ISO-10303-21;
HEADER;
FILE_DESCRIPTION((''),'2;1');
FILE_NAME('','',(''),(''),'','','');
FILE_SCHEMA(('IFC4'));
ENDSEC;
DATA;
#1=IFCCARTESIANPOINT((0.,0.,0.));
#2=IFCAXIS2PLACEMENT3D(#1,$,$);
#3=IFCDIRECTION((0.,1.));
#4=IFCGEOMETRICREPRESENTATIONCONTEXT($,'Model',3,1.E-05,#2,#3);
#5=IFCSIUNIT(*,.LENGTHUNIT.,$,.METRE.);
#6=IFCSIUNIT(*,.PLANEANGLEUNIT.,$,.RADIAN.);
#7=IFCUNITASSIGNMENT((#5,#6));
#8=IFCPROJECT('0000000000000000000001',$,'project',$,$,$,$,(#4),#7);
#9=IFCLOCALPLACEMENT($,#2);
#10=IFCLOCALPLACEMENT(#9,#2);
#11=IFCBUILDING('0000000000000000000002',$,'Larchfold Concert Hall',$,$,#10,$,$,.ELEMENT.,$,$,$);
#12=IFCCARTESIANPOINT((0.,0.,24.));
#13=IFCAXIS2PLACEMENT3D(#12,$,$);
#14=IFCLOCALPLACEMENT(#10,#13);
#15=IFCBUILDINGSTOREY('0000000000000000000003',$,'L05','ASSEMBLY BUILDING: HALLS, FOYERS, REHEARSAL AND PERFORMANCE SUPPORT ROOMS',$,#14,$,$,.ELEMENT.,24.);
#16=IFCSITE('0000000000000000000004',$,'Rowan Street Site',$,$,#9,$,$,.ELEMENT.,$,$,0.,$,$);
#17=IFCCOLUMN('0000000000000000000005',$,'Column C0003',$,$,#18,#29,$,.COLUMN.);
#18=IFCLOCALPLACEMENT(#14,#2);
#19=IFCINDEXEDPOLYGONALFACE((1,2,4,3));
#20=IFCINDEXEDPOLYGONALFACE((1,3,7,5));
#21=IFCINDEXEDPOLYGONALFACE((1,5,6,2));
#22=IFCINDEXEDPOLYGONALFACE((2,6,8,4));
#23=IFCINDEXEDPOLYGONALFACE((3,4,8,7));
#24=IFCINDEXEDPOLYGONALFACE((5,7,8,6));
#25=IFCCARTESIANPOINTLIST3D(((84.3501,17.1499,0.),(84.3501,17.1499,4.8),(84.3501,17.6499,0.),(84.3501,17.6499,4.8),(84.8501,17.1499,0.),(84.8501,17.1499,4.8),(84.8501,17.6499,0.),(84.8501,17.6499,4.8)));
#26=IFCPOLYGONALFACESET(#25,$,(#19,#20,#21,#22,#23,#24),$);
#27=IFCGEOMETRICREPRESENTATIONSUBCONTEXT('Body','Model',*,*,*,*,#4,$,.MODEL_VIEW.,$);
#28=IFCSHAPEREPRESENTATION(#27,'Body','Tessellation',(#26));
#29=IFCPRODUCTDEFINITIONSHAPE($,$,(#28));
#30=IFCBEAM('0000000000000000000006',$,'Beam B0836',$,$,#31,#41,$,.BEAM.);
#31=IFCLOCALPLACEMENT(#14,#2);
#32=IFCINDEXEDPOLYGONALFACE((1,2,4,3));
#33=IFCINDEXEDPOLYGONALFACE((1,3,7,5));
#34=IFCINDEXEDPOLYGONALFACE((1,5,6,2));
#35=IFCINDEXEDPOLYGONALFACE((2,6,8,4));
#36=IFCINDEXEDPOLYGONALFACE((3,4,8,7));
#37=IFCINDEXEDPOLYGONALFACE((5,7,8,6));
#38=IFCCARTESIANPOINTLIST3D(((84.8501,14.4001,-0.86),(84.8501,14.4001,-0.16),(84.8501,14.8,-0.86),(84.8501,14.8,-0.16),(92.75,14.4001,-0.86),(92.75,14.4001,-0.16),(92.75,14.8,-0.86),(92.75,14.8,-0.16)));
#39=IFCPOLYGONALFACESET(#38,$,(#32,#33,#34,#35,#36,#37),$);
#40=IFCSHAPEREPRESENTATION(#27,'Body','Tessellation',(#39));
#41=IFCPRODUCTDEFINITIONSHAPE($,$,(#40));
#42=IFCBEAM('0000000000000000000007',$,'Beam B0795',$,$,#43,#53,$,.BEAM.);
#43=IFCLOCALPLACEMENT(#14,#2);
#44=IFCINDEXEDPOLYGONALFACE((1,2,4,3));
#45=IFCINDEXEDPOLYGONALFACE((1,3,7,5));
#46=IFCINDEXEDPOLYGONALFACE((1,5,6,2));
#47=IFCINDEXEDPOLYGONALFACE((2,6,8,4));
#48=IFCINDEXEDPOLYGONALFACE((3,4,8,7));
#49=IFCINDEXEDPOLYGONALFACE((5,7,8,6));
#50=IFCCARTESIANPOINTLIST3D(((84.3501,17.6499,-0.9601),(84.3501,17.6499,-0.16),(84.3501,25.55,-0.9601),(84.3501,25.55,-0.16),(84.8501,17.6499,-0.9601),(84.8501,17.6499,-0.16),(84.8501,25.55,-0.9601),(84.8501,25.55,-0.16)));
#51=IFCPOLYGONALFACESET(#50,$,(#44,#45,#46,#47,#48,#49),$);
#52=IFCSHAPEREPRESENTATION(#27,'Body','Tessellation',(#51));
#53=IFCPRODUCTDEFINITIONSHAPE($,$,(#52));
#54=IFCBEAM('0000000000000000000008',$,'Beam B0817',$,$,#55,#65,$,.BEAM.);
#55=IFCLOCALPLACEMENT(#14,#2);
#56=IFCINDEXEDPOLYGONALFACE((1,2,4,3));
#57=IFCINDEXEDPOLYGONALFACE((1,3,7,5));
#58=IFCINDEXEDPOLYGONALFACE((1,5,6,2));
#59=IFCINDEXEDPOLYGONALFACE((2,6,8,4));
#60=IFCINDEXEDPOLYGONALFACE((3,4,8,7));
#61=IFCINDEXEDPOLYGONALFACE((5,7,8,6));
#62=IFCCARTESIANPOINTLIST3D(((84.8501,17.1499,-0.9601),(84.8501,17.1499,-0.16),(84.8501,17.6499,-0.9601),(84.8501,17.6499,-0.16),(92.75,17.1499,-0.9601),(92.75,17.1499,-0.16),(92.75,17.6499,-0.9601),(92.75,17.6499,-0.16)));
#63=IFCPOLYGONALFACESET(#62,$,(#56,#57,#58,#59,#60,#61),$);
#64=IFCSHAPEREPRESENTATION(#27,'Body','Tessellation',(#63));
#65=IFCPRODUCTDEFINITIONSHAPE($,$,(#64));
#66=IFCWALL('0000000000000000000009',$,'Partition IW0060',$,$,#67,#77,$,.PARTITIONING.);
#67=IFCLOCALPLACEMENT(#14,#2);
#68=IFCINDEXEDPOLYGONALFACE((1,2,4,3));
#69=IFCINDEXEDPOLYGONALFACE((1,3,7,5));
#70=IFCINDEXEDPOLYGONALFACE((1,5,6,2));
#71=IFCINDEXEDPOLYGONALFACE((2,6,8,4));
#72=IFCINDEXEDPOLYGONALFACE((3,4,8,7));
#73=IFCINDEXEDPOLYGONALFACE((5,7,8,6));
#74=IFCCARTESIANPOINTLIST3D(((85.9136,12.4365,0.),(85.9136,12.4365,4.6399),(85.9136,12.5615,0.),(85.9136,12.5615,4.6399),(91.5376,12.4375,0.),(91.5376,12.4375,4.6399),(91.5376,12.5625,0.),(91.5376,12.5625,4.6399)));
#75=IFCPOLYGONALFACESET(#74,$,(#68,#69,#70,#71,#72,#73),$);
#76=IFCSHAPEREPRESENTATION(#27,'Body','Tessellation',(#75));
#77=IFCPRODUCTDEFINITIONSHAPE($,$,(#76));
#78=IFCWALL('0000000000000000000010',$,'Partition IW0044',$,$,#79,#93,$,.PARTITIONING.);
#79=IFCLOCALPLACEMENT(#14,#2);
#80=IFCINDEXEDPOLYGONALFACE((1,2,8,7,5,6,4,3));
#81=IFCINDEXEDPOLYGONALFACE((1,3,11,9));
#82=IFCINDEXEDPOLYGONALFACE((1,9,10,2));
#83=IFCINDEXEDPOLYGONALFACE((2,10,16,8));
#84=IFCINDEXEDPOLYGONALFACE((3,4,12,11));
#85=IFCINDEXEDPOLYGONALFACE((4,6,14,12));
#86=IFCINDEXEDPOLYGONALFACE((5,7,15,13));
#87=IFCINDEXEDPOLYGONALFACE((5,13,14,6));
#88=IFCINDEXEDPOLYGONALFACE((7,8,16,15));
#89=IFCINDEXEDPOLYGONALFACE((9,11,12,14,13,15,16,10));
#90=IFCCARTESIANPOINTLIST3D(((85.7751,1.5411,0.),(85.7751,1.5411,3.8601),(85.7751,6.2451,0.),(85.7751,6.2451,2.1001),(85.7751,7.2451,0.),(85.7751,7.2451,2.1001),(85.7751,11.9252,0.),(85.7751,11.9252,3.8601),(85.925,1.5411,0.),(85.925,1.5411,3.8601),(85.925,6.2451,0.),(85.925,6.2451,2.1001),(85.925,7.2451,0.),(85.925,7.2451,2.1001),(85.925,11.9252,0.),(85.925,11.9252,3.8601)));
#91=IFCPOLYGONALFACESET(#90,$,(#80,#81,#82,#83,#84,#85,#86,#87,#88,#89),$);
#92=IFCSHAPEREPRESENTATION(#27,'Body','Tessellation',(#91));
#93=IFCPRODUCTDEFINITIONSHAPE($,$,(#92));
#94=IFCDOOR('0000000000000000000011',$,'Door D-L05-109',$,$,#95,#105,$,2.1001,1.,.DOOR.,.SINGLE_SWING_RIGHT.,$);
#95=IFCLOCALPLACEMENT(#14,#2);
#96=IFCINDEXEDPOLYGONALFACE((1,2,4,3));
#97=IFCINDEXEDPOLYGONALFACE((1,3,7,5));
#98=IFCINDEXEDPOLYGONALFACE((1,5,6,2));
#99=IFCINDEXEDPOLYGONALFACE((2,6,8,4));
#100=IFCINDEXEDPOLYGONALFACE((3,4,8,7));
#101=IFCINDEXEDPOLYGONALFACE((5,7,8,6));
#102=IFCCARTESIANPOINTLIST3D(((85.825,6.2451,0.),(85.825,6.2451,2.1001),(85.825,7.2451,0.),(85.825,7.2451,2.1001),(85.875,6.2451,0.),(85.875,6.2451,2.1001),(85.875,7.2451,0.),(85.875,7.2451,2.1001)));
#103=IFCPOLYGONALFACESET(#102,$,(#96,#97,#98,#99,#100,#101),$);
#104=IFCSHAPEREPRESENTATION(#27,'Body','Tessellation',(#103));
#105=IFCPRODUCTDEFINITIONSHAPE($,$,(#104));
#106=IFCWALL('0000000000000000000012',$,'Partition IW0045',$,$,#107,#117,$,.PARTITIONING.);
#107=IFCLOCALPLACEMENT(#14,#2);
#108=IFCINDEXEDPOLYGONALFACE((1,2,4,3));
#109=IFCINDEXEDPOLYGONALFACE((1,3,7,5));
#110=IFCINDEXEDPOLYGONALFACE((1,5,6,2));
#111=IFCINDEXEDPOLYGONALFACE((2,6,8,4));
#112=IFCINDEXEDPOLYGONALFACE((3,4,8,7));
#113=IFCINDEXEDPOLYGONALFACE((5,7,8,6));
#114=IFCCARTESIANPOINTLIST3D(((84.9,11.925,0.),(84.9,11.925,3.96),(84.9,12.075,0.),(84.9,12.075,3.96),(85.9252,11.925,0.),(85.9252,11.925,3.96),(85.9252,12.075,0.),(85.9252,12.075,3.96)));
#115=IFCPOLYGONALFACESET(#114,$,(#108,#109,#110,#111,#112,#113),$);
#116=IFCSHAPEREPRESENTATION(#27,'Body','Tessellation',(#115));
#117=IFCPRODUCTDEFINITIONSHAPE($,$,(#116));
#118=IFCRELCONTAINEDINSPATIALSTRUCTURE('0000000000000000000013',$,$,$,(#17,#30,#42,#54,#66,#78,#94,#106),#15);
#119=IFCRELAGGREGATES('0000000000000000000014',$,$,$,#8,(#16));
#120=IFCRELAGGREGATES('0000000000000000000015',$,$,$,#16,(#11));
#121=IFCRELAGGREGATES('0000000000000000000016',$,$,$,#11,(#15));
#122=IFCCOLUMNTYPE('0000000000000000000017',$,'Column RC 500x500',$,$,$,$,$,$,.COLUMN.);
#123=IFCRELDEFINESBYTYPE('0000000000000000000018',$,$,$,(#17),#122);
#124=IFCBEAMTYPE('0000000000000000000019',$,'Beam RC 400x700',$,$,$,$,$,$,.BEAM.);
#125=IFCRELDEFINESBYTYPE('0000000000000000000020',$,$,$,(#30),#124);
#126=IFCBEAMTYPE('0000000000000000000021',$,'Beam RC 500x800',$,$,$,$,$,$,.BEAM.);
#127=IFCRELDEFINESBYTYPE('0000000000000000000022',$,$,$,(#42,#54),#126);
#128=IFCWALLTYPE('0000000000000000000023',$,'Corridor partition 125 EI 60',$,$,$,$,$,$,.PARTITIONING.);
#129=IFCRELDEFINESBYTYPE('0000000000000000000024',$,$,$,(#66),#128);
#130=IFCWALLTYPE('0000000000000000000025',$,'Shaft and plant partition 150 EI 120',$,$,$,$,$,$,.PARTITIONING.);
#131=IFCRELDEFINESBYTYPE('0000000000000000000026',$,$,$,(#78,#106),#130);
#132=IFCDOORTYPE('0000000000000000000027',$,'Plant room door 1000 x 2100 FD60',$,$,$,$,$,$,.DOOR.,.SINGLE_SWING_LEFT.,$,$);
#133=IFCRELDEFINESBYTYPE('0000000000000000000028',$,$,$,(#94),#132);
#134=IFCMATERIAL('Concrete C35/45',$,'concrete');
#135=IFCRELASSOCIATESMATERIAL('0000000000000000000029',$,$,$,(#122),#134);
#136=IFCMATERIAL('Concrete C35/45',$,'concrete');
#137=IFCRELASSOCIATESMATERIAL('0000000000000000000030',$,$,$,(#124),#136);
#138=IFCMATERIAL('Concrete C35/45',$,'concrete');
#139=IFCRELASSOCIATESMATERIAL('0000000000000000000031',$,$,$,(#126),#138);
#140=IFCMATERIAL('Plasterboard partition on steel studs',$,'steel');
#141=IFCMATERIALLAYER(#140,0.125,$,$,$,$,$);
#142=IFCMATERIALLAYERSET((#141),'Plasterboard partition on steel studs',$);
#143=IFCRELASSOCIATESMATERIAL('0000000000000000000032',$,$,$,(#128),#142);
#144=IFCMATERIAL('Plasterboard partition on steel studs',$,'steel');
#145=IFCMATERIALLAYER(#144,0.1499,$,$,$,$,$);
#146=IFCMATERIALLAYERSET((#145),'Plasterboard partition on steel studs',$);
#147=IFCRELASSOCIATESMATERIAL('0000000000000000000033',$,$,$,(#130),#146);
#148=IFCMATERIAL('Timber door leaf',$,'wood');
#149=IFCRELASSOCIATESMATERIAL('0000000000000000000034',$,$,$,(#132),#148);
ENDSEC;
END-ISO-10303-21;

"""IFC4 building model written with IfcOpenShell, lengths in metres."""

from ifc_helpers import new_model, si_unit, direction, frame, frame_2d, origin, origin_2d, place, context, subcontext, project, spatial, rectangle, extrude, material, layer, layer_set, material_profile, profile_set, type_object, element, fill, save


model = new_model("IFC4")

# Units and contexts
model_context = context("Model", 3, precision=1e-05, world=origin(), true_north=direction((0.0, 1.0)))
body_context = subcontext(model_context, "Body", "Model", "MODEL_VIEW")
ifc_project = project(units=[si_unit("LENGTHUNIT", "METRE"), si_unit("PLANEANGLEUNIT", "RADIAN")], contexts=[model_context])

# Site, building, storey
site_placement = place(None, origin())
site = spatial("IfcSite", under=ifc_project, at=site_placement, Name="Rowan Street Site", CompositionType="ELEMENT", RefElevation=0.0)
building_placement = place(site_placement, origin())
building = spatial("IfcBuilding", under=site, at=building_placement, Name="Larchfold Concert Hall", CompositionType="ELEMENT")
storey_placement = place(building_placement, frame((0.0, 0.0, 24.0)))
storey = spatial("IfcBuildingStorey", under=building, at=storey_placement, Name="L05", Description="ASSEMBLY BUILDING: HALLS, FOYERS, REHEARSAL AND PERFORMANCE SUPPORT ROOMS", CompositionType="ELEMENT", Elevation=24.0)

# Column
ifc_material_1 = material(Name="Concrete C35/45", Category="concrete")
ifc_material_profile_1 = material_profile(ifc_material_1, rectangle(XDim=0.5, YDim=0.5, at=origin_2d()))
ifc_profile_set_1 = profile_set([ifc_material_profile_1], Name="Concrete C35/45")
column_type = type_object("IfcColumnType", Name="Column RC 500x500", PredefinedType="COLUMN", material=ifc_profile_set_1)
column_placement = place(storey_placement, frame((84.6001, 17.3999, 0.0), z_axis=(0.0, 0.0, 1.0), x_axis=(1.0, 0.0, 0.0)))
element("IfcColumn", 1, at=column_placement, inside=storey, type_object=column_type, Name="Column C0003", PredefinedType="COLUMN", context=body_context, shape_type="SweptSolid", body=[
    extrude(rectangle(XDim=0.5, YDim=0.5, at=origin_2d()), origin(), (0.0, 0.0, 1.0), 4.8),
])

# Beams
ifc_material_2 = material(Name="Concrete C35/45", Category="concrete")
ifc_material_profile_2 = material_profile(ifc_material_2, rectangle(XDim=0.3999, YDim=0.7, at=origin_2d()))
ifc_profile_set_2 = profile_set([ifc_material_profile_2], Name="Concrete C35/45")
beam_type_1 = type_object("IfcBeamType", Name="Beam RC 400x700", PredefinedType="BEAM", material=ifc_profile_set_2)
beam_1_placement = place(storey_placement, frame((84.8501, 14.6001, -0.51), z_axis=(1.0, 0.0, 0.0), x_axis=(0.0, 1.0, 0.0)))
element("IfcBeam", 2, at=beam_1_placement, inside=storey, type_object=beam_type_1, Name="Beam B0836", PredefinedType="BEAM", context=body_context, shape_type="SweptSolid", body=[
    extrude(rectangle(XDim=0.3999, YDim=0.7, at=origin_2d()), origin(), (0.0, 0.0, 1.0), 7.8999),
])
ifc_material_3 = material(Name="Concrete C35/45", Category="concrete")
ifc_material_profile_3 = material_profile(ifc_material_3, rectangle(XDim=0.5, YDim=0.8, at=origin_2d()))
ifc_profile_set_3 = profile_set([ifc_material_profile_3], Name="Concrete C35/45")
beam_type_2 = type_object("IfcBeamType", Name="Beam RC 500x800", PredefinedType="BEAM", material=ifc_profile_set_3)
beam_2_placement = place(storey_placement, frame((84.6001, 17.6499, -0.5601), z_axis=(0.0, 1.0, 0.0), x_axis=(-1.0, 0.0, 0.0)))
element("IfcBeam", 3, at=beam_2_placement, inside=storey, type_object=beam_type_2, Name="Beam B0795", PredefinedType="BEAM", context=body_context, shape_type="SweptSolid", body=[
    extrude(rectangle(XDim=0.5, YDim=0.8, at=origin_2d()), origin(), (0.0, 0.0, 1.0), 7.9001),
])
beam_3_placement = place(storey_placement, frame((84.8501, 17.3999, -0.5601), z_axis=(1.0, 0.0, 0.0), x_axis=(0.0, 1.0, 0.0)))
element("IfcBeam", 4, at=beam_3_placement, inside=storey, type_object=beam_type_2, Name="Beam B0817", PredefinedType="BEAM", context=body_context, shape_type="SweptSolid", body=[
    extrude(rectangle(XDim=0.5, YDim=0.8, at=origin_2d()), origin(), (0.0, 0.0, 1.0), 7.8999),
])

# Wall
ifc_material_4 = material(Name="Plasterboard partition on steel studs", Category="steel")
ifc_layer_1 = layer(ifc_material_4, 0.125)
ifc_layer_set_1 = layer_set([ifc_layer_1], Name="Plasterboard partition on steel studs")
wall_type_1 = type_object("IfcWallType", Name="Corridor partition 125 EI 60", PredefinedType="PARTITIONING", material=ifc_layer_set_1)
wall_1_placement = place(storey_placement, frame((85.9136, 12.499, 0.0), z_axis=(0.0, 0.0, 1.0), x_axis=(1.0, 0.000174, 0.0)))
element("IfcWall", 5, at=wall_1_placement, inside=storey, type_object=wall_type_1, Name="Partition IW0060", PredefinedType="PARTITIONING", context=body_context, shape_type="SweptSolid", body=[
    extrude(rectangle(XDim=5.624, YDim=0.125, at=frame_2d((2.812, 0.0))), origin(), (0.0, 0.0, 1.0), 4.6399),
])

# Wall, opening, door
ifc_material_5 = material(Name="Plasterboard partition on steel studs", Category="steel")
ifc_layer_2 = layer(ifc_material_5, 0.1499)
ifc_layer_set_2 = layer_set([ifc_layer_2], Name="Plasterboard partition on steel studs")
wall_type_2 = type_object("IfcWallType", Name="Shaft and plant partition 150 EI 120", PredefinedType="PARTITIONING", material=ifc_layer_set_2)
wall_2_placement = place(storey_placement, frame((85.8501, 11.925, 0.0), z_axis=(0.0, 0.0, 1.0), x_axis=(0.0, -1.0, 0.0)))
wall_2 = element("IfcWall", 6, at=wall_2_placement, inside=storey, type_object=wall_type_2, Name="Partition IW0044", PredefinedType="PARTITIONING", context=body_context, shape_type="SweptSolid", body=[
    extrude(rectangle(XDim=10.384, YDim=0.1499, at=frame_2d((5.1919, 0.0))), origin(), (0.0, 0.0, 1.0), 3.8601),
])
opening_1_placement = place(wall_2_placement, frame((4.6799, 0.0, 0.0)))
opening_1 = element("IfcOpeningElement", 7, at=opening_1_placement, cuts=wall_2, PredefinedType="OPENING", context=body_context, shape_type="SweptSolid", body=[
    extrude(rectangle(XDim=1.0, YDim=2.1001, at=frame_2d((0.5, 1.05))), frame((0.0, 0.085, 0.0), z_axis=(0.0, -1.0, 0.0), x_axis=(1.0, 0.0, 0.0)), (0.0, 0.0, 1.0), 0.1699),
])
ifc_material_6 = material(Name="Timber door leaf", Category="wood")
door_type = type_object("IfcDoorType", Name="Plant room door 1000 x 2100 FD60", OperationType="SINGLE_SWING_LEFT", PredefinedType="DOOR", material=ifc_material_6)
door_placement = place(opening_1_placement, origin())
door = element("IfcDoor", 8, at=door_placement, inside=storey, type_object=door_type, Name="Door D-L05-109", OperationType="SINGLE_SWING_RIGHT", OverallHeight=2.1001, OverallWidth=1.0, PredefinedType="DOOR", context=body_context, shape_type="SweptSolid", body=[
    extrude(rectangle(XDim=1.0, YDim=2.1001, at=frame_2d((0.5, 1.05))), frame((0.0, 0.0249, 0.0), z_axis=(0.0, -1.0, 0.0), x_axis=(1.0, 0.0, 0.0)), (0.0, 0.0, 1.0), 0.05),
])
fill(opening_1, door)

# Wall
wall_3_placement = place(storey_placement, frame((84.8999, 12.0, 0.0), z_axis=(0.0, 0.0, 1.0), x_axis=(1.0, 0.0, 0.0)))
element("IfcWall", 9, at=wall_3_placement, inside=storey, type_object=wall_type_2, Name="Partition IW0045", PredefinedType="PARTITIONING", context=body_context, shape_type="SweptSolid", body=[
    extrude(rectangle(XDim=1.0251, YDim=0.1499, at=frame_2d((0.5127, 0.0))), origin(), (0.0, 0.0, 1.0), 3.96),
])

save(model, "model.ifc")
